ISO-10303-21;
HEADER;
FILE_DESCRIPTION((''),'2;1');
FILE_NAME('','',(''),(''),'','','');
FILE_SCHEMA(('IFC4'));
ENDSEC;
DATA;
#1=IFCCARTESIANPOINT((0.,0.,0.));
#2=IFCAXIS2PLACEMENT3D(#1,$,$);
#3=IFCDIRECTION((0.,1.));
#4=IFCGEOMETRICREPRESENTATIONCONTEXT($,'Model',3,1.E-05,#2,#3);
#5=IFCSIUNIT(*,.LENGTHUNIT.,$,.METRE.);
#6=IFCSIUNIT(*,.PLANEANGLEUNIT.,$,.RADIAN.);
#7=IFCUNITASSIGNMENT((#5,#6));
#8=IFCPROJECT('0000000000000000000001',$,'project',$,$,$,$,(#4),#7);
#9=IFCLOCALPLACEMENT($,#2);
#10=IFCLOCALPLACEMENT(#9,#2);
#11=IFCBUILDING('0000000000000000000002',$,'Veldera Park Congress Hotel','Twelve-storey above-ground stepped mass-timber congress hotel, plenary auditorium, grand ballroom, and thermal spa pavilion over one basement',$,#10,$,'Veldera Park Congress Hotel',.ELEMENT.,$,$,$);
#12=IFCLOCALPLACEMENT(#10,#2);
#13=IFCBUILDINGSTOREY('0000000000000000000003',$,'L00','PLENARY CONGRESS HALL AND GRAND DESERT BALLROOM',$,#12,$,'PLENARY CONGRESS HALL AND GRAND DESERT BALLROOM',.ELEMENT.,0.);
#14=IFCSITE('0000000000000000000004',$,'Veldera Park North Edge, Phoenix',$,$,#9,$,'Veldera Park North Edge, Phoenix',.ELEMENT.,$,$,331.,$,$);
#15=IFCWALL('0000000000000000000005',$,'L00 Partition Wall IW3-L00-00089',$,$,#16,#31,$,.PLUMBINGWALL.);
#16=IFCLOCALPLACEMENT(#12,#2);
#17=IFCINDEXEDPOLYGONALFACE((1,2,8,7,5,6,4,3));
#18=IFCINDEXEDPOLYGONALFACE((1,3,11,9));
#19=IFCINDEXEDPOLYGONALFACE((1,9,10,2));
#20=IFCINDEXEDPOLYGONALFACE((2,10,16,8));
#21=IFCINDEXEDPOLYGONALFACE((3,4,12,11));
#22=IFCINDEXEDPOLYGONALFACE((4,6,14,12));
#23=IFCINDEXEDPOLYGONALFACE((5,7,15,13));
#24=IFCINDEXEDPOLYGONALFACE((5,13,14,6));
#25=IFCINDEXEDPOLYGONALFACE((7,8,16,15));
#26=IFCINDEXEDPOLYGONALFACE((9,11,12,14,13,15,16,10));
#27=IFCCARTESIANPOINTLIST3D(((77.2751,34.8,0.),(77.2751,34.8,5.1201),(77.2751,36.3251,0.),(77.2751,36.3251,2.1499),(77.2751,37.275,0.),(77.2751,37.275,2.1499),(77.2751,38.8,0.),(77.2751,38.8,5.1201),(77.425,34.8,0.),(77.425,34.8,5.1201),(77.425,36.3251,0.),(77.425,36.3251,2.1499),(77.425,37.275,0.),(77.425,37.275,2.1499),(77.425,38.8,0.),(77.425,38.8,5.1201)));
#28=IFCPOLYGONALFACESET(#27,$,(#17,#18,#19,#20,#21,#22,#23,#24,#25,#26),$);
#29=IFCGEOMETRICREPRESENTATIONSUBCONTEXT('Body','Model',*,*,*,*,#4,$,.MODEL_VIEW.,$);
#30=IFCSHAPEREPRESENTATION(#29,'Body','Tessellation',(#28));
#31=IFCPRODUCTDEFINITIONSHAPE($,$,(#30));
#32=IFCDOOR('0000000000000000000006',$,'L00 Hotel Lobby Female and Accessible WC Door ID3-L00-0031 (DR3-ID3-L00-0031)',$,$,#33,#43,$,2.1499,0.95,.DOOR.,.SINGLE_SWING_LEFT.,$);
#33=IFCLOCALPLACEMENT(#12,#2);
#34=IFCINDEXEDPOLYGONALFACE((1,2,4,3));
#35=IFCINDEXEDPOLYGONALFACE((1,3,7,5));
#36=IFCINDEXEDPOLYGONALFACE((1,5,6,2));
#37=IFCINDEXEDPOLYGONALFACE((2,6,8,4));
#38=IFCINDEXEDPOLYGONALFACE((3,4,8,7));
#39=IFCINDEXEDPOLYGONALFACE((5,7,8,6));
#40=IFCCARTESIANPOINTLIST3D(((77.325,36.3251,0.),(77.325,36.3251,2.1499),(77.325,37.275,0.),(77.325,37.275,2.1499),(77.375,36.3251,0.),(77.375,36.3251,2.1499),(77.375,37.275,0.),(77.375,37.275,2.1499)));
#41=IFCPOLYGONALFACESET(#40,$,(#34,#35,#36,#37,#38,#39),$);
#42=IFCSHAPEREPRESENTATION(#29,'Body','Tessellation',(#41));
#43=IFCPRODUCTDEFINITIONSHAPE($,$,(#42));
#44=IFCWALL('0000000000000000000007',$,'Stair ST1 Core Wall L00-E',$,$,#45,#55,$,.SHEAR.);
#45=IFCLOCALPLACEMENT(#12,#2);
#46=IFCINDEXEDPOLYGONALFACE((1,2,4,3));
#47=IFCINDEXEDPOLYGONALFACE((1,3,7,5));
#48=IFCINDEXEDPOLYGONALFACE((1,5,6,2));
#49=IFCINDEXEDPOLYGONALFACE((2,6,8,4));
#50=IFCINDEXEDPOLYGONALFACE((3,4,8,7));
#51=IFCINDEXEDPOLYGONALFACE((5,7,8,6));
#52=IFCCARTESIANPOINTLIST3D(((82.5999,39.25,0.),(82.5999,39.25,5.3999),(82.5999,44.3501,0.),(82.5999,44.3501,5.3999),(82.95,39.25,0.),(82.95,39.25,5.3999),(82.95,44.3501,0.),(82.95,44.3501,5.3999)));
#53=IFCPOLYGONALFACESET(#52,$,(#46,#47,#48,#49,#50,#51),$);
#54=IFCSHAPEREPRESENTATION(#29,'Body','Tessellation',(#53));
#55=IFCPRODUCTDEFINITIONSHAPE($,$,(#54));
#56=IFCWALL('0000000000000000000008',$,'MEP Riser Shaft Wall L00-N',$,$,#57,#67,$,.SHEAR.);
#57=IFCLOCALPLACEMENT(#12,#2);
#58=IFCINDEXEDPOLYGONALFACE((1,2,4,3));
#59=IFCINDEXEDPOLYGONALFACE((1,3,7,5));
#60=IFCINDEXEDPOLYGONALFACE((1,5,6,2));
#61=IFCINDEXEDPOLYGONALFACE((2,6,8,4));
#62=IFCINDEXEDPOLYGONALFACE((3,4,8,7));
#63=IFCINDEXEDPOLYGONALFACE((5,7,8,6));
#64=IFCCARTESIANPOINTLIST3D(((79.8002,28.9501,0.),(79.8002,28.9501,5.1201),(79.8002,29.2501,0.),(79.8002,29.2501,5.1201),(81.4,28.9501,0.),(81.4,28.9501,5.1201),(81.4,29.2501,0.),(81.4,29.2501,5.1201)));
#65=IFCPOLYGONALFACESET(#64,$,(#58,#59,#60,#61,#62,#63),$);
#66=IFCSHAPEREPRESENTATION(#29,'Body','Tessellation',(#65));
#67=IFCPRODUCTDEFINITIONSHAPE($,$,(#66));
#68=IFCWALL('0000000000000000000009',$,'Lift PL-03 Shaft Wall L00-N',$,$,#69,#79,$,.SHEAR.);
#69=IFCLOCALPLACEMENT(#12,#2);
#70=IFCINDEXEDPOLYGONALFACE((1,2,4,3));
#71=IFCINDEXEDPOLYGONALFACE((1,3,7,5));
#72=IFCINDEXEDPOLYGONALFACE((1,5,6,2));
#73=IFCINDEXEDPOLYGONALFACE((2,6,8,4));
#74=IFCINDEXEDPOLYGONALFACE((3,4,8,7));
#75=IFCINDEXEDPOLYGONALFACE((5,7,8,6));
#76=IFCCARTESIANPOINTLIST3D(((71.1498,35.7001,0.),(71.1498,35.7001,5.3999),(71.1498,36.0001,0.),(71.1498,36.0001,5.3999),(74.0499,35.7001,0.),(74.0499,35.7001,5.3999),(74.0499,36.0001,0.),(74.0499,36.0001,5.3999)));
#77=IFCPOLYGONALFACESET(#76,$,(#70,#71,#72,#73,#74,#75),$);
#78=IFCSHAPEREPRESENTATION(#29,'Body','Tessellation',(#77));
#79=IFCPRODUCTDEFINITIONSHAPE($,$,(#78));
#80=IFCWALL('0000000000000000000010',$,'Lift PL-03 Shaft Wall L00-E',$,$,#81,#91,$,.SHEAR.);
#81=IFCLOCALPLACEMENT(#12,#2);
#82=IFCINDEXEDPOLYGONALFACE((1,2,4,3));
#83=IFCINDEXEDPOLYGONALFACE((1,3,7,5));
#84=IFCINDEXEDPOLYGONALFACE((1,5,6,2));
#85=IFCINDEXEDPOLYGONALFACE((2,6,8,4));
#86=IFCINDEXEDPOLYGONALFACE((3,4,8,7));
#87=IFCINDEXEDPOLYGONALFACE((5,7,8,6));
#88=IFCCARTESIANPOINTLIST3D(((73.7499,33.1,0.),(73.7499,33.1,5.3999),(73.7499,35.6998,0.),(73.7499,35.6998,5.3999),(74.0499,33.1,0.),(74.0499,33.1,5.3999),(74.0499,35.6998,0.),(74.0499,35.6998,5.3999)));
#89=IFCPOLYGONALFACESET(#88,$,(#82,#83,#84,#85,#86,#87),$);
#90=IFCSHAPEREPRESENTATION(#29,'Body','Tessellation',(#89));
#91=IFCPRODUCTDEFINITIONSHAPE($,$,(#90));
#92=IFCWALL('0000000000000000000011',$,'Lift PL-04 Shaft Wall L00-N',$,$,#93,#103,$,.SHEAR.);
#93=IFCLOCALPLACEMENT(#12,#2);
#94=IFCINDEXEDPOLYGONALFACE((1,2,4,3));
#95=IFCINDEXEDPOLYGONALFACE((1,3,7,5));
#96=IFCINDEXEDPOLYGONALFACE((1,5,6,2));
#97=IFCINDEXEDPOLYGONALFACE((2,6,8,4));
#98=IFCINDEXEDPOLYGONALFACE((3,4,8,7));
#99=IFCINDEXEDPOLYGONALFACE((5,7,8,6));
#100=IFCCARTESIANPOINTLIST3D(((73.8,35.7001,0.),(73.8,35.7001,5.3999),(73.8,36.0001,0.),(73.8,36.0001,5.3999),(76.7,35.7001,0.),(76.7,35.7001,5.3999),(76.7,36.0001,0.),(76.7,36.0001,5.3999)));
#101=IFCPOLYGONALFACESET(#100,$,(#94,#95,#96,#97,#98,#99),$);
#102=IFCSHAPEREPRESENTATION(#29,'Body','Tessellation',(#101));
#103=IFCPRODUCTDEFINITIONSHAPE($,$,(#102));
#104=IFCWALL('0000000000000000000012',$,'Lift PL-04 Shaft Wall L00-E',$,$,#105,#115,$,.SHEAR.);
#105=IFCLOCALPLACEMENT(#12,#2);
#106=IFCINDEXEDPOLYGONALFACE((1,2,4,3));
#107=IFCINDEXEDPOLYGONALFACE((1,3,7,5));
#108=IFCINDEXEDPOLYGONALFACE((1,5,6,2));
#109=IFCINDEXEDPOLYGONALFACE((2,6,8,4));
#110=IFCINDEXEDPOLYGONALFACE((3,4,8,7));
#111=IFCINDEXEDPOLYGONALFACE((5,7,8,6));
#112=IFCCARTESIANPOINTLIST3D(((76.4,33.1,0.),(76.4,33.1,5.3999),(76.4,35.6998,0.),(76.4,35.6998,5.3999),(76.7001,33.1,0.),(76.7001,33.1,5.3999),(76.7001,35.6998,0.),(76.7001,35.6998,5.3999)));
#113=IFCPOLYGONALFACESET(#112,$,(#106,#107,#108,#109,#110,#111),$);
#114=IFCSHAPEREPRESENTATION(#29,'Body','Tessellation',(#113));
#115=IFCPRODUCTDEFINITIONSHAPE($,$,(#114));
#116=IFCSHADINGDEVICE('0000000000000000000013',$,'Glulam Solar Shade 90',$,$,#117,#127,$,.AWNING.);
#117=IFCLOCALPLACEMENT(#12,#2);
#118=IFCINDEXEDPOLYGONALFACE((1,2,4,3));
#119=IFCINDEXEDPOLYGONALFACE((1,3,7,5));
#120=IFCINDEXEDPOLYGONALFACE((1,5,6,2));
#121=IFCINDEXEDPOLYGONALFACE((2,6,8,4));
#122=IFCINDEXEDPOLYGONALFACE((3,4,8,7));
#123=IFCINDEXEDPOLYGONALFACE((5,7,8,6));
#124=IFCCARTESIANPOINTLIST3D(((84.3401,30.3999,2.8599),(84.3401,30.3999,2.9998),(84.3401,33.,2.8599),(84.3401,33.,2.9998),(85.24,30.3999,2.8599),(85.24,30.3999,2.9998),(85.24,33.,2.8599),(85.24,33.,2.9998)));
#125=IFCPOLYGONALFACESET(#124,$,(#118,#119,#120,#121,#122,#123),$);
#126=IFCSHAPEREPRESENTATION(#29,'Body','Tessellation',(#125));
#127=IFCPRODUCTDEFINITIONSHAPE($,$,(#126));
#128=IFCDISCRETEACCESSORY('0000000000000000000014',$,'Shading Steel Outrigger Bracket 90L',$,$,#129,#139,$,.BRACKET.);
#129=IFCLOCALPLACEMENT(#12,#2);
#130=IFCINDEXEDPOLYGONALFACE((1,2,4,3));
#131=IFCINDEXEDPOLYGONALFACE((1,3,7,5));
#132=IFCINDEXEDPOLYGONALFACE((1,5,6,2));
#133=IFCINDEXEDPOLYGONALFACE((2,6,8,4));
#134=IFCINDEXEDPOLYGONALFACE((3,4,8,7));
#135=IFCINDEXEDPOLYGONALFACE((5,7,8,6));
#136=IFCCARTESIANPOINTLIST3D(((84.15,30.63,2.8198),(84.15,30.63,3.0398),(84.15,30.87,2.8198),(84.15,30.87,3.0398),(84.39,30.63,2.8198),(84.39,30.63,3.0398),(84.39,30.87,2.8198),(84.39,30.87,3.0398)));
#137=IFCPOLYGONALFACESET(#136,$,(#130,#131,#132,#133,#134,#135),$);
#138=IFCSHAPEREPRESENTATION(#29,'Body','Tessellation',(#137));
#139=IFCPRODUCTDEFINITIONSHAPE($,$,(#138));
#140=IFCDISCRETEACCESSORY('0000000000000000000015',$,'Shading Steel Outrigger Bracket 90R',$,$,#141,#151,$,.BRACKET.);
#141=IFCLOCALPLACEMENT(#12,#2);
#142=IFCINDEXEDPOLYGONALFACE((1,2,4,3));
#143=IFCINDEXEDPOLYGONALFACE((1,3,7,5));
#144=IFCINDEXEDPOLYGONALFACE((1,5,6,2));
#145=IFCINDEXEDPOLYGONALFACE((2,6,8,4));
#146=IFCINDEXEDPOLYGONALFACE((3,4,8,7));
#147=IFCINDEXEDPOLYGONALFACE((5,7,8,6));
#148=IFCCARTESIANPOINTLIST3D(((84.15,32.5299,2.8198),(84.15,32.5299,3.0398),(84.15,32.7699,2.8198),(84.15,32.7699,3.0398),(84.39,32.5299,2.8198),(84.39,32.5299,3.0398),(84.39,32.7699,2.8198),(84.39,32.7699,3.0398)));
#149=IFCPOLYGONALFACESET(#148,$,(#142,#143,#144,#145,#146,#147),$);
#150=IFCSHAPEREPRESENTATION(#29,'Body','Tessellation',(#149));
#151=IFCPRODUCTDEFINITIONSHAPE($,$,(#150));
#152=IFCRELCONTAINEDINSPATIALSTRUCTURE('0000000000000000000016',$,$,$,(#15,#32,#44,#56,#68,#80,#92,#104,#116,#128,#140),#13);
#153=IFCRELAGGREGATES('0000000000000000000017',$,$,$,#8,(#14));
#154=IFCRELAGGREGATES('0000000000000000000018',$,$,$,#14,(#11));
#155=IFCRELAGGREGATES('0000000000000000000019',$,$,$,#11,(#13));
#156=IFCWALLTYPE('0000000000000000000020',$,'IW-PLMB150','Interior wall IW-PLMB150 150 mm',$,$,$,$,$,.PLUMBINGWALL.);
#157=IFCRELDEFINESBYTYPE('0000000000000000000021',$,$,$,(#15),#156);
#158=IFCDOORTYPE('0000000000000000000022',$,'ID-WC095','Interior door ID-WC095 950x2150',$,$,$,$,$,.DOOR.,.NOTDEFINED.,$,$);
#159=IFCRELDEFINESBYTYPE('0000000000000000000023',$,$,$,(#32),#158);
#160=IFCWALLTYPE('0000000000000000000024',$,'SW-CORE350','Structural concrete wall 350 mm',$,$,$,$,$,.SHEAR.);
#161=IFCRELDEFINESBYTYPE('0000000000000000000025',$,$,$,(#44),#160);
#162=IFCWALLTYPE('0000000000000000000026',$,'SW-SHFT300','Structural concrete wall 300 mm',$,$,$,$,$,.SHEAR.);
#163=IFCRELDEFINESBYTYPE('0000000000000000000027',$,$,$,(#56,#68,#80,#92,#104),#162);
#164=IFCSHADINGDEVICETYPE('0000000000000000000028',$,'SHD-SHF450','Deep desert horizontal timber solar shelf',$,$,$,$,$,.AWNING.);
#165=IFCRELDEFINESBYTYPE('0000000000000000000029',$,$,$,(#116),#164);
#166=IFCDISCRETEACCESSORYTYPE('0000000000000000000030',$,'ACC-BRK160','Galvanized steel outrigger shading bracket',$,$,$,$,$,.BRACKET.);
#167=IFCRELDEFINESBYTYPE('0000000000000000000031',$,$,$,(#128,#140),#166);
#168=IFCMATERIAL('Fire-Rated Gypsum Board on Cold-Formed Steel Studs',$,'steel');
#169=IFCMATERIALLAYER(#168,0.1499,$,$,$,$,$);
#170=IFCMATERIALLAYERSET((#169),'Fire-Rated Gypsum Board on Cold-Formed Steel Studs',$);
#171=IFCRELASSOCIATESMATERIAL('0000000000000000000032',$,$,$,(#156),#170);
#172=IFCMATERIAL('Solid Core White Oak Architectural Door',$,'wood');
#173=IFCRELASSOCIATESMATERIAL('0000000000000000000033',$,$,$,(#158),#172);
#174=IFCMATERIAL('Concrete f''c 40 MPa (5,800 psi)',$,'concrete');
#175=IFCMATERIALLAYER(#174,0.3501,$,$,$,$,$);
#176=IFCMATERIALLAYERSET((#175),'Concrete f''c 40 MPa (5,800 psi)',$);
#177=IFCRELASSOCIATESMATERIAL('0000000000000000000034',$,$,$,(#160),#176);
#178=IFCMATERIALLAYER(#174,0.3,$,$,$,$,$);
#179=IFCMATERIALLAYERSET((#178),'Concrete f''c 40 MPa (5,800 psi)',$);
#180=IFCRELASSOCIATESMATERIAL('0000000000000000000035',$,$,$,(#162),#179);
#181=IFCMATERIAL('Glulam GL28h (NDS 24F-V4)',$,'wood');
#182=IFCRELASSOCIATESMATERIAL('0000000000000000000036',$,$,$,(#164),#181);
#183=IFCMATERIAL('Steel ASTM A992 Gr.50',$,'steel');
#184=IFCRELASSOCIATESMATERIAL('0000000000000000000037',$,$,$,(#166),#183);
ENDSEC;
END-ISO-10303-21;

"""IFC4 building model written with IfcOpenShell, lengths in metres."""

from ifc_helpers import new_model, si_unit, direction, frame, frame_2d, origin, origin_2d, place, context, subcontext, project, spatial, rectangle, extrude, material, layer, layer_set, type_object, element, fill, save


model = new_model("IFC4")

# Units and contexts
model_context = context("Model", 3, precision=1e-05, world=origin(), true_north=direction((0.0, 1.0)))
body_context = subcontext(model_context, "Body", "Model", "MODEL_VIEW")
ifc_project = project(units=[si_unit("LENGTHUNIT", "METRE"), si_unit("PLANEANGLEUNIT", "RADIAN")], contexts=[model_context])

# Site, building, storey
site_placement = place(None, origin())
site = spatial("IfcSite", under=ifc_project, at=site_placement, Name="Veldera Park North Edge, Phoenix", LongName="Veldera Park North Edge, Phoenix", CompositionType="ELEMENT", RefElevation=331.0)
building_placement = place(site_placement, origin())
building = spatial("IfcBuilding", under=site, at=building_placement, Name="Veldera Park Congress Hotel", Description="Twelve-storey above-ground stepped mass-timber congress hotel, plenary auditorium, grand ballroom, and thermal spa pavilion over one basement", LongName="Veldera Park Congress Hotel", CompositionType="ELEMENT")
storey_placement = place(building_placement, origin())
storey = spatial("IfcBuildingStorey", under=building, at=storey_placement, Name="L00", Description="PLENARY CONGRESS HALL AND GRAND DESERT BALLROOM", LongName="PLENARY CONGRESS HALL AND GRAND DESERT BALLROOM", CompositionType="ELEMENT", Elevation=0.0)

# Shared definitions
ifc_material_1 = material(Name="Glulam GL28h (NDS 24F-V4)", Category="wood")
ifc_material_2 = material(Name="Steel ASTM A992 Gr.50", Category="steel")

# Shared definitions
ifc_material_3 = material(Name="Fire-Rated Gypsum Board on Cold-Formed Steel Studs", Category="steel")
ifc_layer_1 = layer(ifc_material_3, 0.1499)
ifc_layer_set_1 = layer_set([ifc_layer_1], Name="Fire-Rated Gypsum Board on Cold-Formed Steel Studs")
wall_type_1 = type_object("IfcWallType", Name="IW-PLMB150", Description="Interior wall IW-PLMB150 150 mm", PredefinedType="PLUMBINGWALL", material=ifc_layer_set_1)

# Shared definitions
ifc_material_4 = material(Name="Solid Core White Oak Architectural Door", Category="wood")
door_type = type_object("IfcDoorType", Name="ID-WC095", Description="Interior door ID-WC095 950x2150", OperationType="NOTDEFINED", PredefinedType="DOOR", material=ifc_material_4)

# Wall, opening, door
wall_1_placement = place(storey_placement, frame((77.3501, 38.8, 0.0), z_axis=(0.0, 0.0, 1.0), x_axis=(0.0, -1.0, 0.0)))
wall_1 = element("IfcWall", 1, at=wall_1_placement, inside=storey, type_object=wall_type_1, Name="L00 Partition Wall IW3-L00-00089", PredefinedType="PLUMBINGWALL", context=body_context, shape_type="SweptSolid", body=[
    extrude(rectangle(XDim=4.0, YDim=0.1499, at=frame_2d((2.0, 0.0))), origin(), (0.0, 0.0, 1.0), 5.1201),
])
opening_1_placement = place(wall_1_placement, frame((1.5249, 0.0, 0.0)))
opening_1 = element("IfcOpeningElement", 2, at=opening_1_placement, cuts=wall_1, PredefinedType="OPENING", context=body_context, shape_type="SweptSolid", body=[
    extrude(rectangle(XDim=0.95, YDim=2.1499, at=frame_2d((0.4751, 1.075))), frame((0.0, 0.0869, 0.0), z_axis=(0.0, -1.0, 0.0), x_axis=(1.0, 0.0, 0.0)), (0.0, 0.0, 1.0), 0.1738),
])
door_1_placement = place(opening_1_placement, origin())
door_1 = element("IfcDoor", 3, at=door_1_placement, inside=storey, type_object=door_type, Name="L00 Hotel Lobby Female and Accessible WC Door ID3-L00-0031 (DR3-ID3-L00-0031)", OperationType="SINGLE_SWING_LEFT", OverallHeight=2.1499, OverallWidth=0.95, PredefinedType="DOOR", context=body_context, shape_type="SweptSolid", body=[
    extrude(rectangle(XDim=0.95, YDim=2.1499, at=frame_2d((0.4751, 1.075))), frame((0.0, 0.0249, 0.0), z_axis=(0.0, -1.0, 0.0), x_axis=(1.0, 0.0, 0.0)), (0.0, 0.0, 1.0), 0.05),
])
fill(opening_1, door_1)

# Walls
ifc_material_5 = material(Name="Concrete f'c 40 MPa (5,800 psi)", Category="concrete")
ifc_layer_2 = layer(ifc_material_5, 0.3501)
ifc_layer_set_2 = layer_set([ifc_layer_2], Name="Concrete f'c 40 MPa (5,800 psi)")
wall_type_2 = type_object("IfcWallType", Name="SW-CORE350", Description="Structural concrete wall 350 mm", PredefinedType="SHEAR", material=ifc_layer_set_2)
wall_2_placement = place(storey_placement, frame((82.7749, 39.25, 0.0), z_axis=(0.0, 0.0, 1.0), x_axis=(0.0, 1.0, 0.0)))
element("IfcWall", 4, at=wall_2_placement, inside=storey, type_object=wall_type_2, Name="Stair ST1 Core Wall L00-E", PredefinedType="SHEAR", context=body_context, shape_type="SweptSolid", body=[
    extrude(rectangle(XDim=5.1001, YDim=0.3501, at=frame_2d((2.55, 0.0))), origin(), (0.0, 0.0, 1.0), 5.3999),
])
ifc_layer_3 = layer(ifc_material_5, 0.3)
ifc_layer_set_3 = layer_set([ifc_layer_3], Name="Concrete f'c 40 MPa (5,800 psi)")
wall_type_3 = type_object("IfcWallType", Name="SW-SHFT300", Description="Structural concrete wall 300 mm", PredefinedType="SHEAR", material=ifc_layer_set_3)
wall_3_placement = place(storey_placement, frame((81.3999, 29.1001, 0.0), z_axis=(0.0, 0.0, 1.0), x_axis=(-1.0, 0.0, 0.0)))
element("IfcWall", 5, at=wall_3_placement, inside=storey, type_object=wall_type_3, Name="MEP Riser Shaft Wall L00-N", PredefinedType="SHEAR", context=body_context, shape_type="SweptSolid", body=[
    extrude(rectangle(XDim=1.5999, YDim=0.3, at=frame_2d((0.7998, 0.0))), origin(), (0.0, 0.0, 1.0), 5.1201),
])
wall_4_placement = place(storey_placement, frame((74.05, 35.8501, 0.0), z_axis=(0.0, 0.0, 1.0), x_axis=(-1.0, 0.0, 0.0)))
element("IfcWall", 6, at=wall_4_placement, inside=storey, type_object=wall_type_3, Name="Lift PL-03 Shaft Wall L00-N", PredefinedType="SHEAR", context=body_context, shape_type="SweptSolid", body=[
    extrude(rectangle(XDim=2.9001, YDim=0.3, at=frame_2d((1.4502, 0.0))), origin(), (0.0, 0.0, 1.0), 5.3999),
])
wall_5_placement = place(storey_placement, frame((73.8999, 33.1001, 0.0), z_axis=(0.0, 0.0, 1.0), x_axis=(0.0, 1.0, 0.0)))
element("IfcWall", 7, at=wall_5_placement, inside=storey, type_object=wall_type_3, Name="Lift PL-03 Shaft Wall L00-E", PredefinedType="SHEAR", context=body_context, shape_type="SweptSolid", body=[
    extrude(rectangle(XDim=2.5999, YDim=0.3, at=frame_2d((1.2998, 0.0))), origin(), (0.0, 0.0, 1.0), 5.3999),
])
wall_6_placement = place(storey_placement, frame((76.7, 35.8501, 0.0), z_axis=(0.0, 0.0, 1.0), x_axis=(-1.0, 0.0, 0.0)))
element("IfcWall", 8, at=wall_6_placement, inside=storey, type_object=wall_type_3, Name="Lift PL-04 Shaft Wall L00-N", PredefinedType="SHEAR", context=body_context, shape_type="SweptSolid", body=[
    extrude(rectangle(XDim=2.8999, YDim=0.3, at=frame_2d((1.45, 0.0))), origin(), (0.0, 0.0, 1.0), 5.3999),
])
wall_7_placement = place(storey_placement, frame((76.55, 33.1001, 0.0), z_axis=(0.0, 0.0, 1.0), x_axis=(0.0, 1.0, 0.0)))
element("IfcWall", 9, at=wall_7_placement, inside=storey, type_object=wall_type_3, Name="Lift PL-04 Shaft Wall L00-E", PredefinedType="SHEAR", context=body_context, shape_type="SweptSolid", body=[
    extrude(rectangle(XDim=2.5999, YDim=0.3, at=frame_2d((1.2998, 0.0))), origin(), (0.0, 0.0, 1.0), 5.3999),
])

# Shading device
shading_device_type = type_object("IfcShadingDeviceType", Name="SHD-SHF450", Description="Deep desert horizontal timber solar shelf", PredefinedType="AWNING", material=ifc_material_1)
shading_device_placement = place(storey_placement, frame((84.79, 31.7, 2.8599), z_axis=(0.0, 0.0, 1.0), x_axis=(0.0, 1.0, 0.0)))
element("IfcShadingDevice", 10, at=shading_device_placement, inside=storey, type_object=shading_device_type, Name="Glulam Solar Shade 90", PredefinedType="AWNING", context=body_context, shape_type="SweptSolid", body=[
    extrude(rectangle(XDim=2.6001, YDim=0.8999, at=origin_2d()), origin(), (0.0, 0.0, 1.0), 0.1399),
])

# Discrete accessories
discrete_accessory_type = type_object("IfcDiscreteAccessoryType", Name="ACC-BRK160", Description="Galvanized steel outrigger shading bracket", PredefinedType="BRACKET", material=ifc_material_2)
for number, where, z_axis, x_axis, name in (
    (11, (84.27, 30.75, 2.8198), (0.0, 0.0, 1.0), (0.0, 1.0, 0.0), "Shading Steel Outrigger Bracket 90L"),
    (12, (84.27, 32.6499, 2.8198), (0.0, 0.0, 1.0), (0.0, 1.0, 0.0), "Shading Steel Outrigger Bracket 90R"),
):
    element("IfcDiscreteAccessory", number, at=place(storey_placement, frame(where, z_axis=z_axis, x_axis=x_axis)), inside=storey, type_object=discrete_accessory_type, Name=name, PredefinedType="BRACKET", context=body_context, shape_type="SweptSolid", body=[
        extrude(rectangle(XDim=0.24, YDim=0.24, at=origin_2d()), origin(), (0.0, 0.0, 1.0), 0.22),
    ])

save(model, "model.ifc")
